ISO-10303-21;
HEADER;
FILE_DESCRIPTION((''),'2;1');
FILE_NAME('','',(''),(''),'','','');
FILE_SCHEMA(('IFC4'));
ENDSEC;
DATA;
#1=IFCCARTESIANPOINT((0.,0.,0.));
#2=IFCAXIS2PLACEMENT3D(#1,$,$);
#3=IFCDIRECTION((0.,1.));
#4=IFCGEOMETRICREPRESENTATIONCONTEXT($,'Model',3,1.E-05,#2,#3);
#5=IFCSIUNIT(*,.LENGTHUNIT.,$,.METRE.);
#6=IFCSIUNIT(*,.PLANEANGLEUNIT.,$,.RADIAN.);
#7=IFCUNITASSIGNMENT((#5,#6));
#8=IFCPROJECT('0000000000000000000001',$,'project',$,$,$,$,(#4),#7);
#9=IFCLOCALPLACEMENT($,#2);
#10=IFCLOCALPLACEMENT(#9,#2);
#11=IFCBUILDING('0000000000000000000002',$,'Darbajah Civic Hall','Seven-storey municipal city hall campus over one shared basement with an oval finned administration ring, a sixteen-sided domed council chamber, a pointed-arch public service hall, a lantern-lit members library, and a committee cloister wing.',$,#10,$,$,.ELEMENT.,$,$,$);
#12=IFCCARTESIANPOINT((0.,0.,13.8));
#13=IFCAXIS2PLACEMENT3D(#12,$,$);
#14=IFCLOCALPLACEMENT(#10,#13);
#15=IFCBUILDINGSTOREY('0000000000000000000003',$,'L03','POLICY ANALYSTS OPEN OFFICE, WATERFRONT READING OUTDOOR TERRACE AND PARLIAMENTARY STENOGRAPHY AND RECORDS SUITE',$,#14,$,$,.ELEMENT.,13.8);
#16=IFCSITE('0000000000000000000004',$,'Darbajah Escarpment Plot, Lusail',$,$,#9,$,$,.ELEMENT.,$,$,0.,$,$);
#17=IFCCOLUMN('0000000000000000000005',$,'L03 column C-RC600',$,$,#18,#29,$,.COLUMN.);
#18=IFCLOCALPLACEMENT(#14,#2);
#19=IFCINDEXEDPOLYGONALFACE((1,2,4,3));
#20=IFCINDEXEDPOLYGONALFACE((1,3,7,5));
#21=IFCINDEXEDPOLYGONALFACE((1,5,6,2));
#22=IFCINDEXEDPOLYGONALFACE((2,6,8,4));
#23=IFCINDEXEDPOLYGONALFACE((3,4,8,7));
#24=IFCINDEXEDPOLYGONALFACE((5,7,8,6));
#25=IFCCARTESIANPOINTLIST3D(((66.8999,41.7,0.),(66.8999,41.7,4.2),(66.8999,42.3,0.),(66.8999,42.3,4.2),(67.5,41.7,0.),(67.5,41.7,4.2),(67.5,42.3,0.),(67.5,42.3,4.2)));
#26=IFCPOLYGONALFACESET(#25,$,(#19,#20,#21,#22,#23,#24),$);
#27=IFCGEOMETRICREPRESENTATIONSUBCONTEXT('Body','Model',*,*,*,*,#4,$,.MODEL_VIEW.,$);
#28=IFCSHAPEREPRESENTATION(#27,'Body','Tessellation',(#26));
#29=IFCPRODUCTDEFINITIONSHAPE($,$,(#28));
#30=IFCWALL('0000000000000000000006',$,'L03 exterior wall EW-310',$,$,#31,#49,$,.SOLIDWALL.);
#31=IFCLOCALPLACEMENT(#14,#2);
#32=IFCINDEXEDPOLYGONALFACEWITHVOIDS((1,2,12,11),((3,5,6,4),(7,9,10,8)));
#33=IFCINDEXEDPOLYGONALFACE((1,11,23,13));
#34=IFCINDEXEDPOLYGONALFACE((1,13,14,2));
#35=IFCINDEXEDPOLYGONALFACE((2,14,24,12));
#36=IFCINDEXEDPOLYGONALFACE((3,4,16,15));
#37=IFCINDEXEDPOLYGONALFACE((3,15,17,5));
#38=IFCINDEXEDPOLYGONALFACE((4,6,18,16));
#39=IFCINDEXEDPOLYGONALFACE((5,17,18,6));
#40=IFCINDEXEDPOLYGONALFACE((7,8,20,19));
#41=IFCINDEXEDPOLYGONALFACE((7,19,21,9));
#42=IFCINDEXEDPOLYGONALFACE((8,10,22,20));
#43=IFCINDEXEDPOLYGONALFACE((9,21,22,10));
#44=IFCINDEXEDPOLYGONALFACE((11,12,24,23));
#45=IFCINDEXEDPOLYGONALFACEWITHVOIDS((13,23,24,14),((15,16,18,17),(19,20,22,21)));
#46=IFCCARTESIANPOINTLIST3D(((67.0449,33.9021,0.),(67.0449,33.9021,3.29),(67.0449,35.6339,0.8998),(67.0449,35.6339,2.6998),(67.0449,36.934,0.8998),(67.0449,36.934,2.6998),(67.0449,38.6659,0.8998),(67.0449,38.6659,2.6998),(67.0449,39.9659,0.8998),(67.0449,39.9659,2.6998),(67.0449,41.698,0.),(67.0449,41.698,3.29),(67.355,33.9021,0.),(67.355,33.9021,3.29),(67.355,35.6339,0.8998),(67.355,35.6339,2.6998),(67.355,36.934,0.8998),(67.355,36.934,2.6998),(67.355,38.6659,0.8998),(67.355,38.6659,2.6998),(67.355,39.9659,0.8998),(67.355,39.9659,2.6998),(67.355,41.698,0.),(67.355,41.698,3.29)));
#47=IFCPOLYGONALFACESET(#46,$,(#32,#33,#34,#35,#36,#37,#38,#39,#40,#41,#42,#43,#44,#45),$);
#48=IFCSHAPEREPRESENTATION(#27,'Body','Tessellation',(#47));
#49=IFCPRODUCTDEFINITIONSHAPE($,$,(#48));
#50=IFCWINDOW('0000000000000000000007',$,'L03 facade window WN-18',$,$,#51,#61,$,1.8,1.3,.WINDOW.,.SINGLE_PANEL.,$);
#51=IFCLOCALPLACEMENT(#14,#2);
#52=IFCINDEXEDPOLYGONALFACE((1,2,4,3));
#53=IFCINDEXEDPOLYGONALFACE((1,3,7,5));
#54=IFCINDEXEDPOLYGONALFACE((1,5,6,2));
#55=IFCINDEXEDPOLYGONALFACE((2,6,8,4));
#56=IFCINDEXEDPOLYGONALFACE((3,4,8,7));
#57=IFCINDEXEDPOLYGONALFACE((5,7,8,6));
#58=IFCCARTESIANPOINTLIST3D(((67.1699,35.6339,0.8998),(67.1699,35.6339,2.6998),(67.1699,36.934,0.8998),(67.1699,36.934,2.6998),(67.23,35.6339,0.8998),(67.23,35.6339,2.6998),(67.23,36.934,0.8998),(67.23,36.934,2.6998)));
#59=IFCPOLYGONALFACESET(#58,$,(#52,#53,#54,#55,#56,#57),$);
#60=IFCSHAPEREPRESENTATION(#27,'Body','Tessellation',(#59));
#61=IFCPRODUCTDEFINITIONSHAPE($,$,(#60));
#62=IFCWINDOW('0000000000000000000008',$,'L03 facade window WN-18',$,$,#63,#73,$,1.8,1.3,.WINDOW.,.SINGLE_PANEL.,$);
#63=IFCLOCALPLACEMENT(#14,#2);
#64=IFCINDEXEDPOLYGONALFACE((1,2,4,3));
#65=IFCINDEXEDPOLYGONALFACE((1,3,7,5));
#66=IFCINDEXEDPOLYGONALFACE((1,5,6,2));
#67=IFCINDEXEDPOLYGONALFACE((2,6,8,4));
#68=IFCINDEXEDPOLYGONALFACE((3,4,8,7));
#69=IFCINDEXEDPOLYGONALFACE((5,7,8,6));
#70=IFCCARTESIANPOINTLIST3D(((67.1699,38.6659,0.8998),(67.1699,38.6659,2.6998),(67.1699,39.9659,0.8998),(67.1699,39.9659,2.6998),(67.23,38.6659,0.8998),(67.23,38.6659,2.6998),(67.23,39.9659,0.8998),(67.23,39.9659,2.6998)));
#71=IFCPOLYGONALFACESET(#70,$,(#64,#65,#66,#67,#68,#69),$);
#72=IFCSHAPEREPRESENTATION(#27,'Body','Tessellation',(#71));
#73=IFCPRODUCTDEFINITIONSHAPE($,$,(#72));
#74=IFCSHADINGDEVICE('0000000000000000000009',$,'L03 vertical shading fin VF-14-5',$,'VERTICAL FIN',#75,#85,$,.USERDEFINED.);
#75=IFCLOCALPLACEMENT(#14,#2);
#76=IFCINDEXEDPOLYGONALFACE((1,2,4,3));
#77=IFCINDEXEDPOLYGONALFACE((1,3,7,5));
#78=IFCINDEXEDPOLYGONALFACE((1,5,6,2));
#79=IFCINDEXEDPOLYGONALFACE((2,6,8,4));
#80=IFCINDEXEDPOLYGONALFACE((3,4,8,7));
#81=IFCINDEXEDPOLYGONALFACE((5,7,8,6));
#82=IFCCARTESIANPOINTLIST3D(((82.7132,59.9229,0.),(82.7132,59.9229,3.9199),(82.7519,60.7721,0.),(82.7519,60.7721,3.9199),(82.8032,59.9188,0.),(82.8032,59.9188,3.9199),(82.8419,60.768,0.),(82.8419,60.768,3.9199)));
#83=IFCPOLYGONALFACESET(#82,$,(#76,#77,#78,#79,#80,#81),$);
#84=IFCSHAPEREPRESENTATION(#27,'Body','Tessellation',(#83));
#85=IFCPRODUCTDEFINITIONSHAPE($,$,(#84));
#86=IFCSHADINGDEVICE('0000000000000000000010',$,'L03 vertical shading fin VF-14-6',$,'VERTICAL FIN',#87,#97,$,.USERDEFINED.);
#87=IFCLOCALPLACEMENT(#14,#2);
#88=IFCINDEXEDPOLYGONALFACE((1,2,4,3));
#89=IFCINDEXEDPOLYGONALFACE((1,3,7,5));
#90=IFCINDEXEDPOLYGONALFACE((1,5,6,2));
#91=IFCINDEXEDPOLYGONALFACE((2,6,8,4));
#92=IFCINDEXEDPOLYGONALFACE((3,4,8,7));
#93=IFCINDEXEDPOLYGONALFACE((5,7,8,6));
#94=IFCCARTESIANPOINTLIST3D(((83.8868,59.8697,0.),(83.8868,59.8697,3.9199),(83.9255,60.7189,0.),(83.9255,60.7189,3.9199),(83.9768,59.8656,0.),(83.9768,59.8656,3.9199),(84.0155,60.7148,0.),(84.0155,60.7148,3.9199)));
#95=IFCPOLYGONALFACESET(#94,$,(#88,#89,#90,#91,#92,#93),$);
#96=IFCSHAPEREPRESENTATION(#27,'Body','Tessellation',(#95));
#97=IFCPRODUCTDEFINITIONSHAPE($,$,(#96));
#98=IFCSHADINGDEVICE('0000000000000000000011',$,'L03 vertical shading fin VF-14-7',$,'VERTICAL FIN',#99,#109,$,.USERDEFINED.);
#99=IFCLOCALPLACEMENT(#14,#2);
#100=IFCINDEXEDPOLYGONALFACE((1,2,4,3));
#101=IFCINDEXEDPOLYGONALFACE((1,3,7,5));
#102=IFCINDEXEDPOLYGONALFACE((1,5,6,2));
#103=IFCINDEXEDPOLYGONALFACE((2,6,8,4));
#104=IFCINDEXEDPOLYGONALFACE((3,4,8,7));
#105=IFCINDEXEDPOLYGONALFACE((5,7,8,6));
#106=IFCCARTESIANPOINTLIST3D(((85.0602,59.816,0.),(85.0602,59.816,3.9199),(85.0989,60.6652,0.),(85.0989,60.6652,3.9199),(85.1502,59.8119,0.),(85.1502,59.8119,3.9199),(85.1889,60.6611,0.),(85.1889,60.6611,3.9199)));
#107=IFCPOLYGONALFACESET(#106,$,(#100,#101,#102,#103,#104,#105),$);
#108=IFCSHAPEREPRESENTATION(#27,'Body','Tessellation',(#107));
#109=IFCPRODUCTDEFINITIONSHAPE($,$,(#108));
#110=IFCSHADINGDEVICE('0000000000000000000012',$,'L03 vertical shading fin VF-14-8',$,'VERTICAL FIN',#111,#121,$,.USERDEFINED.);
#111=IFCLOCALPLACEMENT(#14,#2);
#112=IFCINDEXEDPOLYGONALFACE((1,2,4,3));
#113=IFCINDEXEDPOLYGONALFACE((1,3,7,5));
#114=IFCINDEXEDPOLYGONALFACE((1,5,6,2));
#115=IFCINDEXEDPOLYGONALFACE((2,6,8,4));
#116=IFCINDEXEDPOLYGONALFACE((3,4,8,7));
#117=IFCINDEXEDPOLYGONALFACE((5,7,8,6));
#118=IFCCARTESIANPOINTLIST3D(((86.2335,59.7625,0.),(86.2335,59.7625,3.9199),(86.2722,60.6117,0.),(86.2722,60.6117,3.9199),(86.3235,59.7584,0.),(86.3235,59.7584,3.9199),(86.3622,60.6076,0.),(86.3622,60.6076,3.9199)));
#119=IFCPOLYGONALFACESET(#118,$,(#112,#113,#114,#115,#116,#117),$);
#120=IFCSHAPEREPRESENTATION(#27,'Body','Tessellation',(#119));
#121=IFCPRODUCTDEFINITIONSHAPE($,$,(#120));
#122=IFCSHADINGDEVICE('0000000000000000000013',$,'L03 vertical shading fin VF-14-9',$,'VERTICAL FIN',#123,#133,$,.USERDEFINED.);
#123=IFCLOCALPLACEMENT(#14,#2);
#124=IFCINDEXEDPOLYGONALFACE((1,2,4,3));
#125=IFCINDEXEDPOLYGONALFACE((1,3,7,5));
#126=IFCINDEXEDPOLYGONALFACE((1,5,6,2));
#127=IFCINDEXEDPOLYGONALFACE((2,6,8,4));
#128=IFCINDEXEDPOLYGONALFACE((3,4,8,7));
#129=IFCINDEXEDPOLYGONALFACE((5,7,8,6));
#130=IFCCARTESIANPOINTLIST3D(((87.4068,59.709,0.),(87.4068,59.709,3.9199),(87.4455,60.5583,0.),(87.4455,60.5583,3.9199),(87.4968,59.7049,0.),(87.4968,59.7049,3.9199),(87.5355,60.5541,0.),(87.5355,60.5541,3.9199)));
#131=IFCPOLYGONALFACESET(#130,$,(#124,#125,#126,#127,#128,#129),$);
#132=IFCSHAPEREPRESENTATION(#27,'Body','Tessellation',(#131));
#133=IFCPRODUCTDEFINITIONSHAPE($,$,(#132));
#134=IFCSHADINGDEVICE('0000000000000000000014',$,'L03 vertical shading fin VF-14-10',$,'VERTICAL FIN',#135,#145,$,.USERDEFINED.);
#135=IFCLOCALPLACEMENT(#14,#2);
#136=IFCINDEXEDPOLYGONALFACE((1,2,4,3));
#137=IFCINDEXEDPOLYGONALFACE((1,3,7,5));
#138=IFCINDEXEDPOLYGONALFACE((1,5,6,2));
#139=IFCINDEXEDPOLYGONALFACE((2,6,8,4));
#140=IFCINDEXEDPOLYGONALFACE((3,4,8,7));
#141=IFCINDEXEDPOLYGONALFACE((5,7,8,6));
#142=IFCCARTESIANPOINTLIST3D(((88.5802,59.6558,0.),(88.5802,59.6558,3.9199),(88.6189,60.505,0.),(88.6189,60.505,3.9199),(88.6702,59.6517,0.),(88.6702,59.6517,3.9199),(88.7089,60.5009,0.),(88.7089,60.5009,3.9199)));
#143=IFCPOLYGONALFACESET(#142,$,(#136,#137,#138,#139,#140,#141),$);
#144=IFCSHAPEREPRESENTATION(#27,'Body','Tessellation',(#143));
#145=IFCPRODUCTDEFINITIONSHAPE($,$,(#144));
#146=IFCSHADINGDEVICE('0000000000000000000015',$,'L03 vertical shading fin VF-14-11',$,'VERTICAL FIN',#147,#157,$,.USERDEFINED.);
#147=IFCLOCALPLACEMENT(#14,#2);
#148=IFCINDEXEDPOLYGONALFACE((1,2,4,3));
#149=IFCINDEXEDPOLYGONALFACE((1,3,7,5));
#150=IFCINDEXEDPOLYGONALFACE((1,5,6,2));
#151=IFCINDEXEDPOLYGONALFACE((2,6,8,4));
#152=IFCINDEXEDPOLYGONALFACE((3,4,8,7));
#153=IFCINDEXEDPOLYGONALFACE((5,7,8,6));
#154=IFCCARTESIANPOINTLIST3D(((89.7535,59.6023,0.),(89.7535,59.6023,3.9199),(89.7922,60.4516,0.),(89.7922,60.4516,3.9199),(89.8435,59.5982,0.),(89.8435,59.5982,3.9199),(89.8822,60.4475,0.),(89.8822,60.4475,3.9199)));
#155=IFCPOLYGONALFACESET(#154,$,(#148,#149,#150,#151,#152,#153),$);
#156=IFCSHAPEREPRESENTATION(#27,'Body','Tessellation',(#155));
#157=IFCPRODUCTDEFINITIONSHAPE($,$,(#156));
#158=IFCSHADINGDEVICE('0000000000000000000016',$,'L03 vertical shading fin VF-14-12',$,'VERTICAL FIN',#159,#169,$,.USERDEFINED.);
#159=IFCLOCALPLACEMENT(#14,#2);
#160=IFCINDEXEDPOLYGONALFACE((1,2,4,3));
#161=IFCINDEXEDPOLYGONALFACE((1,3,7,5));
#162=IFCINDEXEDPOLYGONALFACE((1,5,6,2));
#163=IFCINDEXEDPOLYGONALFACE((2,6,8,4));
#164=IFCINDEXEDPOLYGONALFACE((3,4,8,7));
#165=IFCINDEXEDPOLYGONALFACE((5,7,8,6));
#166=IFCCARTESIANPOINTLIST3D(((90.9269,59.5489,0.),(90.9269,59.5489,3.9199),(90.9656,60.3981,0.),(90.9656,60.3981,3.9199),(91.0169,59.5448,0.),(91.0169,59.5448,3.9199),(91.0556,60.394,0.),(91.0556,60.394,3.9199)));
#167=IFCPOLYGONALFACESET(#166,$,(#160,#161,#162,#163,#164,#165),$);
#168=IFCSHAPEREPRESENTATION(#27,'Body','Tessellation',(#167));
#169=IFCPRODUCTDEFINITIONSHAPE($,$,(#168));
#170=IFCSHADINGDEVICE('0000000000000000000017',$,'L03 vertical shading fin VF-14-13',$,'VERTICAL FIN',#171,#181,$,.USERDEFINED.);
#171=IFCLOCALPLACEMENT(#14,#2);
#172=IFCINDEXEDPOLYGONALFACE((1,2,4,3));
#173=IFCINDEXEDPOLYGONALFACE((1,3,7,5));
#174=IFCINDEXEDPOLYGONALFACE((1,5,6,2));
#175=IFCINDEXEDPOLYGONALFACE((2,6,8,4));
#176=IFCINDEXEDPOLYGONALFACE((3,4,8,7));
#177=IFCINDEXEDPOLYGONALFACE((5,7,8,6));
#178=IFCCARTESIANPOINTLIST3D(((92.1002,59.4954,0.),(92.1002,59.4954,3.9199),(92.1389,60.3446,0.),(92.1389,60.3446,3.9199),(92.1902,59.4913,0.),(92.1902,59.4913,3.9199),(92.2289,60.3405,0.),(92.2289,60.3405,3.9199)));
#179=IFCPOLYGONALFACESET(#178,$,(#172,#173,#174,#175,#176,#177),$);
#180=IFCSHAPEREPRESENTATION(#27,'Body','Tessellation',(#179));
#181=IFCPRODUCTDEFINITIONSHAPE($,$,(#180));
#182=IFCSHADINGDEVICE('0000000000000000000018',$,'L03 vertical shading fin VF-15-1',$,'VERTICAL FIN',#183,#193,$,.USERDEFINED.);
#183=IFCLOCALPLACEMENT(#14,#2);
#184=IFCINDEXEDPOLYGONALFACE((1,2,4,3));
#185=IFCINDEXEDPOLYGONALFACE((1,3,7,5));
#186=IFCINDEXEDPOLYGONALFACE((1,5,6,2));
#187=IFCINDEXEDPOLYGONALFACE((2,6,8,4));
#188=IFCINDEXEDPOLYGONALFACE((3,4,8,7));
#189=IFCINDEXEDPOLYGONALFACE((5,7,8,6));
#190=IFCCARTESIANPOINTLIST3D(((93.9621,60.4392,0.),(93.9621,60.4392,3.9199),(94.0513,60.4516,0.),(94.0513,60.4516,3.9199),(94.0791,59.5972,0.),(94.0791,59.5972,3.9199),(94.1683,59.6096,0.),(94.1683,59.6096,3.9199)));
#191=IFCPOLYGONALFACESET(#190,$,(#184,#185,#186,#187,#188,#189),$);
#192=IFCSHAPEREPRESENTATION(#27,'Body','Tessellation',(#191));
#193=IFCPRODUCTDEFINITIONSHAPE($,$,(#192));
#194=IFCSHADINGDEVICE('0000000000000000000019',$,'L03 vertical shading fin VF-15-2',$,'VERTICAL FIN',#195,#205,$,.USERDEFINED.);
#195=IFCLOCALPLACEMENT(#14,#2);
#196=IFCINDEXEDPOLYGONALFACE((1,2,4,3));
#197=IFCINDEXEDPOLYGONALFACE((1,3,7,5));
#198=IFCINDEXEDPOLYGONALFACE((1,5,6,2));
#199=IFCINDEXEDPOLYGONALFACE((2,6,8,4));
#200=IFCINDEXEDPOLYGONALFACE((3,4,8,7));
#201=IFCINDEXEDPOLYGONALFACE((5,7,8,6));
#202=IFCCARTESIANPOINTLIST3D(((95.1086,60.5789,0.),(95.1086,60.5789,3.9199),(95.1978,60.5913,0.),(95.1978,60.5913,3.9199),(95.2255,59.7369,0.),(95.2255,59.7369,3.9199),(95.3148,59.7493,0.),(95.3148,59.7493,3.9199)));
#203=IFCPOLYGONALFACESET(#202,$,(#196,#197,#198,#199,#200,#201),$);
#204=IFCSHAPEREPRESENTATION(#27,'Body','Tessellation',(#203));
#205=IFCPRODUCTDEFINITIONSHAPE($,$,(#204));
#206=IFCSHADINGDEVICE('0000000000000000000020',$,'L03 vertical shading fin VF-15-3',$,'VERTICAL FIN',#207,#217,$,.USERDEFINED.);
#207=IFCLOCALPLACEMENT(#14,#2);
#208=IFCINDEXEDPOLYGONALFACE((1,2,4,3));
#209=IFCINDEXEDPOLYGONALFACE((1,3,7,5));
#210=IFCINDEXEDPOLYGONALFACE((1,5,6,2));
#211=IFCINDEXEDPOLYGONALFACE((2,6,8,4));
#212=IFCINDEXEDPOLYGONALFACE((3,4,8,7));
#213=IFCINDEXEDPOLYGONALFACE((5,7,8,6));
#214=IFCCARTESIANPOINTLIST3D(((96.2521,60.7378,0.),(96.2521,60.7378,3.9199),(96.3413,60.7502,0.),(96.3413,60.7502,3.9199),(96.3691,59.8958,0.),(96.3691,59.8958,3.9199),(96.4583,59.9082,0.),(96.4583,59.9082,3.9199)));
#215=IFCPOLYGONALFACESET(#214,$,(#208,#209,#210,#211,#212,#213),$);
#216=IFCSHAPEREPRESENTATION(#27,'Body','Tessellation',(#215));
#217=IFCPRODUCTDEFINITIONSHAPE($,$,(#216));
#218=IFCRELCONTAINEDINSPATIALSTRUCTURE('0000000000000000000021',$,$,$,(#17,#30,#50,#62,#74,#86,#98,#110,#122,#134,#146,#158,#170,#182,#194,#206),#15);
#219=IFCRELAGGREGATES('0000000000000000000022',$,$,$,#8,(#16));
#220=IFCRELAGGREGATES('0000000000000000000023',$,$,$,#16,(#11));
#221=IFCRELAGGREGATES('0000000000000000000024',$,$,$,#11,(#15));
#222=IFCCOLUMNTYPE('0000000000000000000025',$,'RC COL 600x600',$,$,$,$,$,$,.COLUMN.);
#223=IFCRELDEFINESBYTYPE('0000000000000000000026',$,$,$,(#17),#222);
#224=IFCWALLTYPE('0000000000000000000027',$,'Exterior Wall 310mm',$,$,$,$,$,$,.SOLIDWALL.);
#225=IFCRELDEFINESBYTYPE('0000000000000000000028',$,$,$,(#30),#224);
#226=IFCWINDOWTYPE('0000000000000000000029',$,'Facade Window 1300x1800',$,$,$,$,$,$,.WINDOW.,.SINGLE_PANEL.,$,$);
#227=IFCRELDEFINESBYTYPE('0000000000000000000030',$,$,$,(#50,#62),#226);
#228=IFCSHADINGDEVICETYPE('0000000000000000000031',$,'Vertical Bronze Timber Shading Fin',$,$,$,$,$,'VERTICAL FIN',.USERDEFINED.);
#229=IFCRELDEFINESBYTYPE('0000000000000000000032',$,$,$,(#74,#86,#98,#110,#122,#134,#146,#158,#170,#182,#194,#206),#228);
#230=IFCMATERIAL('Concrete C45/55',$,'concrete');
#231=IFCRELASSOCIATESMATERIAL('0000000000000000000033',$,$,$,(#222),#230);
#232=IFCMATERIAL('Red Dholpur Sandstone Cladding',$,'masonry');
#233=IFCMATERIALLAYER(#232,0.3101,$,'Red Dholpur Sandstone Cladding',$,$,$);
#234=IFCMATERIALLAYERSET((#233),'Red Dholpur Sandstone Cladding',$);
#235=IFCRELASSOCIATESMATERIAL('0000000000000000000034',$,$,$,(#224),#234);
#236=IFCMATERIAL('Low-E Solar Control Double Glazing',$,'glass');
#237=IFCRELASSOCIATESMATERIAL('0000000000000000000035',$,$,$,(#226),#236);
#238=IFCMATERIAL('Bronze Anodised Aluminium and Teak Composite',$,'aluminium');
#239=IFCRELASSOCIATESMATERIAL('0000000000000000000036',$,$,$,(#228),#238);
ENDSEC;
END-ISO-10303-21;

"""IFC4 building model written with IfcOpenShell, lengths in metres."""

from ifc_helpers import new_model, si_unit, direction, frame, frame_2d, origin, origin_2d, place, context, subcontext, project, spatial, rectangle, extrude, material, layer, layer_set, material_profile, profile_set, type_object, element, fill, save


model = new_model("IFC4")

# Units and contexts
model_context = context("Model", 3, precision=1e-05, world=origin(), true_north=direction((0.0, 1.0)))
body_context = subcontext(model_context, "Body", "Model", "MODEL_VIEW")
ifc_project = project(units=[si_unit("LENGTHUNIT", "METRE"), si_unit("PLANEANGLEUNIT", "RADIAN")], contexts=[model_context])

# Site, building, storey
site_placement = place(None, origin())
site = spatial("IfcSite", under=ifc_project, at=site_placement, Name="Darbajah Escarpment Plot, Lusail", CompositionType="ELEMENT", RefElevation=0.0)
building_placement = place(site_placement, origin())
building = spatial("IfcBuilding", under=site, at=building_placement, Name="Darbajah Civic Hall", Description="Seven-storey municipal city hall campus over one shared basement with an oval finned administration ring, a sixteen-sided domed council chamber, a pointed-arch public service hall, a lantern-lit members library, and a committee cloister wing.", CompositionType="ELEMENT")
storey_placement = place(building_placement, frame((0.0, 0.0, 13.8)))
storey = spatial("IfcBuildingStorey", under=building, at=storey_placement, Name="L03", Description="POLICY ANALYSTS OPEN OFFICE, WATERFRONT READING OUTDOOR TERRACE AND PARLIAMENTARY STENOGRAPHY AND RECORDS SUITE", CompositionType="ELEMENT", Elevation=13.8)

# Column
ifc_material_1 = material(Name="Concrete C45/55", Category="concrete")
ifc_material_profile = material_profile(ifc_material_1, rectangle(XDim=0.6001, YDim=0.6001, at=origin_2d()), Name="RC COL 600x600")
ifc_profile_set = profile_set([ifc_material_profile], Name="Concrete C45/55")
column_type = type_object("IfcColumnType", Name="RC COL 600x600", PredefinedType="COLUMN", material=ifc_profile_set)
column_placement = place(storey_placement, frame((67.2, 42.0, 0.0), z_axis=(0.0, 0.0, 1.0), x_axis=(1.0, 0.0, 0.0)))
element("IfcColumn", 1, at=column_placement, inside=storey, type_object=column_type, Name="L03 column C-RC600", PredefinedType="COLUMN", context=body_context, shape_type="SweptSolid", body=[
    extrude(rectangle(XDim=0.6001, YDim=0.6001, at=origin_2d()), origin(), (0.0, 0.0, 1.0), 4.2),
])

# Wall, openings, windows
ifc_material_2 = material(Name="Red Dholpur Sandstone Cladding", Category="masonry")
ifc_layer = layer(ifc_material_2, 0.3101, Name="Red Dholpur Sandstone Cladding")
ifc_layer_set = layer_set([ifc_layer], Name="Red Dholpur Sandstone Cladding")
wall_type = type_object("IfcWallType", Name="Exterior Wall 310mm", PredefinedType="SOLIDWALL", material=ifc_layer_set)
wall_placement = place(storey_placement, frame((67.2, 33.9021, 0.0), z_axis=(0.0, 0.0, 1.0), x_axis=(0.0, 1.0, 0.0)))
wall = element("IfcWall", 2, at=wall_placement, inside=storey, type_object=wall_type, Name="L03 exterior wall EW-310", PredefinedType="SOLIDWALL", context=body_context, shape_type="SweptSolid", body=[
    extrude(rectangle(XDim=7.7959, YDim=0.3101, at=frame_2d((3.8979, 0.0))), origin(), (0.0, 0.0, 1.0), 3.29),
])
opening_1_placement = place(wall_placement, frame((1.7319, 0.0, 0.8999)))
opening_1 = element("IfcOpeningElement", 3, at=opening_1_placement, cuts=wall, PredefinedType="OPENING", context=body_context, shape_type="SweptSolid", body=[
    extrude(rectangle(XDim=1.3, YDim=1.8, at=frame_2d((0.6499, 0.8999))), frame((0.0, 0.165, 0.0), z_axis=(0.0, -1.0, 0.0), x_axis=(1.0, 0.0, 0.0)), (0.0, 0.0, 1.0), 0.3301),
])
opening_2_placement = place(wall_placement, frame((4.7639, 0.0, 0.8999)))
opening_2 = element("IfcOpeningElement", 4, at=opening_2_placement, cuts=wall, PredefinedType="OPENING", context=body_context, shape_type="SweptSolid", body=[
    extrude(rectangle(XDim=1.3, YDim=1.8, at=frame_2d((0.6499, 0.8999))), frame((0.0, 0.165, 0.0), z_axis=(0.0, -1.0, 0.0), x_axis=(1.0, 0.0, 0.0)), (0.0, 0.0, 1.0), 0.3301),
])
ifc_material_3 = material(Name="Low-E Solar Control Double Glazing", Category="glass")
window_type = type_object("IfcWindowType", Name="Facade Window 1300x1800", PartitioningType="SINGLE_PANEL", PredefinedType="WINDOW", material=ifc_material_3)
window_1_placement = place(opening_1_placement, origin())
window_1 = element("IfcWindow", 5, at=window_1_placement, inside=storey, type_object=window_type, Name="L03 facade window WN-18", OverallHeight=1.8, OverallWidth=1.3, PartitioningType="SINGLE_PANEL", PredefinedType="WINDOW", context=body_context, shape_type="SweptSolid", body=[
    extrude(rectangle(XDim=1.3, YDim=1.8, at=frame_2d((0.6499, 0.8999))), frame((0.0, 0.03, 0.0), z_axis=(0.0, -1.0, 0.0), x_axis=(1.0, 0.0, 0.0)), (0.0, 0.0, 1.0), 0.0601),
])
fill(opening_1, window_1)
window_2_placement = place(opening_2_placement, origin())
window_2 = element("IfcWindow", 6, at=window_2_placement, inside=storey, type_object=window_type, Name="L03 facade window WN-18", OverallHeight=1.8, OverallWidth=1.3, PartitioningType="SINGLE_PANEL", PredefinedType="WINDOW", context=body_context, shape_type="SweptSolid", body=[
    extrude(rectangle(XDim=1.3, YDim=1.8, at=frame_2d((0.6499, 0.8999))), frame((0.0, 0.03, 0.0), z_axis=(0.0, -1.0, 0.0), x_axis=(1.0, 0.0, 0.0)), (0.0, 0.0, 1.0), 0.0601),
])
fill(opening_2, window_2)

# Shading devices
ifc_material_4 = material(Name="Bronze Anodised Aluminium and Teak Composite", Category="aluminium")
shading_device_type = type_object("IfcShadingDeviceType", Name="Vertical Bronze Timber Shading Fin", ElementType="VERTICAL FIN", PredefinedType="USERDEFINED", material=ifc_material_4)
for number, where, z_axis, x_axis, name in (
    (7, (82.7776, 60.3455, 0.0), (0.0, 0.0, 1.0), (-0.045537, -0.998963, 0.0), "L03 vertical shading fin VF-14-5"),
    (8, (83.9512, 60.2922, 0.0), (0.0, 0.0, 1.0), (-0.045537, -0.998963, 0.0), "L03 vertical shading fin VF-14-6"),
    (9, (85.1245, 60.2385, 0.0), (0.0, 0.0, 1.0), (-0.045537, -0.998963, 0.0), "L03 vertical shading fin VF-14-7"),
    (10, (86.2979, 60.1851, 0.0), (0.0, 0.0, 1.0), (-0.045537, -0.998963, 0.0), "L03 vertical shading fin VF-14-8"),
    (11, (87.4712, 60.1316, 0.0), (0.0, 0.0, 1.0), (-0.045537, -0.998963, 0.0), "L03 vertical shading fin VF-14-9"),
    (12, (88.6445, 60.0784, 0.0), (0.0, 0.0, 1.0), (-0.045537, -0.998963, 0.0), "L03 vertical shading fin VF-14-10"),
    (13, (89.8179, 60.0249, 0.0), (0.0, 0.0, 1.0), (-0.045537, -0.998963, 0.0), "L03 vertical shading fin VF-14-11"),
    (14, (90.9912, 59.9714, 0.0), (0.0, 0.0, 1.0), (-0.045537, -0.998963, 0.0), "L03 vertical shading fin VF-14-12"),
    (15, (92.1646, 59.918, 0.0), (0.0, 0.0, 1.0), (-0.045537, -0.998963, 0.0), "L03 vertical shading fin VF-14-13"),
    (16, (94.0652, 60.0244, 0.0), (0.0, 0.0, 1.0), (0.137617, -0.990485, 0.0), "L03 vertical shading fin VF-15-1"),
    (17, (95.2117, 60.1641, 0.0), (0.0, 0.0, 1.0), (0.137617, -0.990485, 0.0), "L03 vertical shading fin VF-15-2"),
    (18, (96.3552, 60.323, 0.0), (0.0, 0.0, 1.0), (0.137617, -0.990485, 0.0), "L03 vertical shading fin VF-15-3"),
):
    element("IfcShadingDevice", number, at=place(storey_placement, frame(where, z_axis=z_axis, x_axis=x_axis)), inside=storey, type_object=shading_device_type, Name=name, ObjectType="VERTICAL FIN", PredefinedType="USERDEFINED", context=body_context, shape_type="SweptSolid", body=[
        extrude(rectangle(XDim=0.8501, YDim=0.0901, at=origin_2d()), origin(), (0.0, 0.0, 1.0), 3.9199),
    ])

save(model, "model.ifc")
